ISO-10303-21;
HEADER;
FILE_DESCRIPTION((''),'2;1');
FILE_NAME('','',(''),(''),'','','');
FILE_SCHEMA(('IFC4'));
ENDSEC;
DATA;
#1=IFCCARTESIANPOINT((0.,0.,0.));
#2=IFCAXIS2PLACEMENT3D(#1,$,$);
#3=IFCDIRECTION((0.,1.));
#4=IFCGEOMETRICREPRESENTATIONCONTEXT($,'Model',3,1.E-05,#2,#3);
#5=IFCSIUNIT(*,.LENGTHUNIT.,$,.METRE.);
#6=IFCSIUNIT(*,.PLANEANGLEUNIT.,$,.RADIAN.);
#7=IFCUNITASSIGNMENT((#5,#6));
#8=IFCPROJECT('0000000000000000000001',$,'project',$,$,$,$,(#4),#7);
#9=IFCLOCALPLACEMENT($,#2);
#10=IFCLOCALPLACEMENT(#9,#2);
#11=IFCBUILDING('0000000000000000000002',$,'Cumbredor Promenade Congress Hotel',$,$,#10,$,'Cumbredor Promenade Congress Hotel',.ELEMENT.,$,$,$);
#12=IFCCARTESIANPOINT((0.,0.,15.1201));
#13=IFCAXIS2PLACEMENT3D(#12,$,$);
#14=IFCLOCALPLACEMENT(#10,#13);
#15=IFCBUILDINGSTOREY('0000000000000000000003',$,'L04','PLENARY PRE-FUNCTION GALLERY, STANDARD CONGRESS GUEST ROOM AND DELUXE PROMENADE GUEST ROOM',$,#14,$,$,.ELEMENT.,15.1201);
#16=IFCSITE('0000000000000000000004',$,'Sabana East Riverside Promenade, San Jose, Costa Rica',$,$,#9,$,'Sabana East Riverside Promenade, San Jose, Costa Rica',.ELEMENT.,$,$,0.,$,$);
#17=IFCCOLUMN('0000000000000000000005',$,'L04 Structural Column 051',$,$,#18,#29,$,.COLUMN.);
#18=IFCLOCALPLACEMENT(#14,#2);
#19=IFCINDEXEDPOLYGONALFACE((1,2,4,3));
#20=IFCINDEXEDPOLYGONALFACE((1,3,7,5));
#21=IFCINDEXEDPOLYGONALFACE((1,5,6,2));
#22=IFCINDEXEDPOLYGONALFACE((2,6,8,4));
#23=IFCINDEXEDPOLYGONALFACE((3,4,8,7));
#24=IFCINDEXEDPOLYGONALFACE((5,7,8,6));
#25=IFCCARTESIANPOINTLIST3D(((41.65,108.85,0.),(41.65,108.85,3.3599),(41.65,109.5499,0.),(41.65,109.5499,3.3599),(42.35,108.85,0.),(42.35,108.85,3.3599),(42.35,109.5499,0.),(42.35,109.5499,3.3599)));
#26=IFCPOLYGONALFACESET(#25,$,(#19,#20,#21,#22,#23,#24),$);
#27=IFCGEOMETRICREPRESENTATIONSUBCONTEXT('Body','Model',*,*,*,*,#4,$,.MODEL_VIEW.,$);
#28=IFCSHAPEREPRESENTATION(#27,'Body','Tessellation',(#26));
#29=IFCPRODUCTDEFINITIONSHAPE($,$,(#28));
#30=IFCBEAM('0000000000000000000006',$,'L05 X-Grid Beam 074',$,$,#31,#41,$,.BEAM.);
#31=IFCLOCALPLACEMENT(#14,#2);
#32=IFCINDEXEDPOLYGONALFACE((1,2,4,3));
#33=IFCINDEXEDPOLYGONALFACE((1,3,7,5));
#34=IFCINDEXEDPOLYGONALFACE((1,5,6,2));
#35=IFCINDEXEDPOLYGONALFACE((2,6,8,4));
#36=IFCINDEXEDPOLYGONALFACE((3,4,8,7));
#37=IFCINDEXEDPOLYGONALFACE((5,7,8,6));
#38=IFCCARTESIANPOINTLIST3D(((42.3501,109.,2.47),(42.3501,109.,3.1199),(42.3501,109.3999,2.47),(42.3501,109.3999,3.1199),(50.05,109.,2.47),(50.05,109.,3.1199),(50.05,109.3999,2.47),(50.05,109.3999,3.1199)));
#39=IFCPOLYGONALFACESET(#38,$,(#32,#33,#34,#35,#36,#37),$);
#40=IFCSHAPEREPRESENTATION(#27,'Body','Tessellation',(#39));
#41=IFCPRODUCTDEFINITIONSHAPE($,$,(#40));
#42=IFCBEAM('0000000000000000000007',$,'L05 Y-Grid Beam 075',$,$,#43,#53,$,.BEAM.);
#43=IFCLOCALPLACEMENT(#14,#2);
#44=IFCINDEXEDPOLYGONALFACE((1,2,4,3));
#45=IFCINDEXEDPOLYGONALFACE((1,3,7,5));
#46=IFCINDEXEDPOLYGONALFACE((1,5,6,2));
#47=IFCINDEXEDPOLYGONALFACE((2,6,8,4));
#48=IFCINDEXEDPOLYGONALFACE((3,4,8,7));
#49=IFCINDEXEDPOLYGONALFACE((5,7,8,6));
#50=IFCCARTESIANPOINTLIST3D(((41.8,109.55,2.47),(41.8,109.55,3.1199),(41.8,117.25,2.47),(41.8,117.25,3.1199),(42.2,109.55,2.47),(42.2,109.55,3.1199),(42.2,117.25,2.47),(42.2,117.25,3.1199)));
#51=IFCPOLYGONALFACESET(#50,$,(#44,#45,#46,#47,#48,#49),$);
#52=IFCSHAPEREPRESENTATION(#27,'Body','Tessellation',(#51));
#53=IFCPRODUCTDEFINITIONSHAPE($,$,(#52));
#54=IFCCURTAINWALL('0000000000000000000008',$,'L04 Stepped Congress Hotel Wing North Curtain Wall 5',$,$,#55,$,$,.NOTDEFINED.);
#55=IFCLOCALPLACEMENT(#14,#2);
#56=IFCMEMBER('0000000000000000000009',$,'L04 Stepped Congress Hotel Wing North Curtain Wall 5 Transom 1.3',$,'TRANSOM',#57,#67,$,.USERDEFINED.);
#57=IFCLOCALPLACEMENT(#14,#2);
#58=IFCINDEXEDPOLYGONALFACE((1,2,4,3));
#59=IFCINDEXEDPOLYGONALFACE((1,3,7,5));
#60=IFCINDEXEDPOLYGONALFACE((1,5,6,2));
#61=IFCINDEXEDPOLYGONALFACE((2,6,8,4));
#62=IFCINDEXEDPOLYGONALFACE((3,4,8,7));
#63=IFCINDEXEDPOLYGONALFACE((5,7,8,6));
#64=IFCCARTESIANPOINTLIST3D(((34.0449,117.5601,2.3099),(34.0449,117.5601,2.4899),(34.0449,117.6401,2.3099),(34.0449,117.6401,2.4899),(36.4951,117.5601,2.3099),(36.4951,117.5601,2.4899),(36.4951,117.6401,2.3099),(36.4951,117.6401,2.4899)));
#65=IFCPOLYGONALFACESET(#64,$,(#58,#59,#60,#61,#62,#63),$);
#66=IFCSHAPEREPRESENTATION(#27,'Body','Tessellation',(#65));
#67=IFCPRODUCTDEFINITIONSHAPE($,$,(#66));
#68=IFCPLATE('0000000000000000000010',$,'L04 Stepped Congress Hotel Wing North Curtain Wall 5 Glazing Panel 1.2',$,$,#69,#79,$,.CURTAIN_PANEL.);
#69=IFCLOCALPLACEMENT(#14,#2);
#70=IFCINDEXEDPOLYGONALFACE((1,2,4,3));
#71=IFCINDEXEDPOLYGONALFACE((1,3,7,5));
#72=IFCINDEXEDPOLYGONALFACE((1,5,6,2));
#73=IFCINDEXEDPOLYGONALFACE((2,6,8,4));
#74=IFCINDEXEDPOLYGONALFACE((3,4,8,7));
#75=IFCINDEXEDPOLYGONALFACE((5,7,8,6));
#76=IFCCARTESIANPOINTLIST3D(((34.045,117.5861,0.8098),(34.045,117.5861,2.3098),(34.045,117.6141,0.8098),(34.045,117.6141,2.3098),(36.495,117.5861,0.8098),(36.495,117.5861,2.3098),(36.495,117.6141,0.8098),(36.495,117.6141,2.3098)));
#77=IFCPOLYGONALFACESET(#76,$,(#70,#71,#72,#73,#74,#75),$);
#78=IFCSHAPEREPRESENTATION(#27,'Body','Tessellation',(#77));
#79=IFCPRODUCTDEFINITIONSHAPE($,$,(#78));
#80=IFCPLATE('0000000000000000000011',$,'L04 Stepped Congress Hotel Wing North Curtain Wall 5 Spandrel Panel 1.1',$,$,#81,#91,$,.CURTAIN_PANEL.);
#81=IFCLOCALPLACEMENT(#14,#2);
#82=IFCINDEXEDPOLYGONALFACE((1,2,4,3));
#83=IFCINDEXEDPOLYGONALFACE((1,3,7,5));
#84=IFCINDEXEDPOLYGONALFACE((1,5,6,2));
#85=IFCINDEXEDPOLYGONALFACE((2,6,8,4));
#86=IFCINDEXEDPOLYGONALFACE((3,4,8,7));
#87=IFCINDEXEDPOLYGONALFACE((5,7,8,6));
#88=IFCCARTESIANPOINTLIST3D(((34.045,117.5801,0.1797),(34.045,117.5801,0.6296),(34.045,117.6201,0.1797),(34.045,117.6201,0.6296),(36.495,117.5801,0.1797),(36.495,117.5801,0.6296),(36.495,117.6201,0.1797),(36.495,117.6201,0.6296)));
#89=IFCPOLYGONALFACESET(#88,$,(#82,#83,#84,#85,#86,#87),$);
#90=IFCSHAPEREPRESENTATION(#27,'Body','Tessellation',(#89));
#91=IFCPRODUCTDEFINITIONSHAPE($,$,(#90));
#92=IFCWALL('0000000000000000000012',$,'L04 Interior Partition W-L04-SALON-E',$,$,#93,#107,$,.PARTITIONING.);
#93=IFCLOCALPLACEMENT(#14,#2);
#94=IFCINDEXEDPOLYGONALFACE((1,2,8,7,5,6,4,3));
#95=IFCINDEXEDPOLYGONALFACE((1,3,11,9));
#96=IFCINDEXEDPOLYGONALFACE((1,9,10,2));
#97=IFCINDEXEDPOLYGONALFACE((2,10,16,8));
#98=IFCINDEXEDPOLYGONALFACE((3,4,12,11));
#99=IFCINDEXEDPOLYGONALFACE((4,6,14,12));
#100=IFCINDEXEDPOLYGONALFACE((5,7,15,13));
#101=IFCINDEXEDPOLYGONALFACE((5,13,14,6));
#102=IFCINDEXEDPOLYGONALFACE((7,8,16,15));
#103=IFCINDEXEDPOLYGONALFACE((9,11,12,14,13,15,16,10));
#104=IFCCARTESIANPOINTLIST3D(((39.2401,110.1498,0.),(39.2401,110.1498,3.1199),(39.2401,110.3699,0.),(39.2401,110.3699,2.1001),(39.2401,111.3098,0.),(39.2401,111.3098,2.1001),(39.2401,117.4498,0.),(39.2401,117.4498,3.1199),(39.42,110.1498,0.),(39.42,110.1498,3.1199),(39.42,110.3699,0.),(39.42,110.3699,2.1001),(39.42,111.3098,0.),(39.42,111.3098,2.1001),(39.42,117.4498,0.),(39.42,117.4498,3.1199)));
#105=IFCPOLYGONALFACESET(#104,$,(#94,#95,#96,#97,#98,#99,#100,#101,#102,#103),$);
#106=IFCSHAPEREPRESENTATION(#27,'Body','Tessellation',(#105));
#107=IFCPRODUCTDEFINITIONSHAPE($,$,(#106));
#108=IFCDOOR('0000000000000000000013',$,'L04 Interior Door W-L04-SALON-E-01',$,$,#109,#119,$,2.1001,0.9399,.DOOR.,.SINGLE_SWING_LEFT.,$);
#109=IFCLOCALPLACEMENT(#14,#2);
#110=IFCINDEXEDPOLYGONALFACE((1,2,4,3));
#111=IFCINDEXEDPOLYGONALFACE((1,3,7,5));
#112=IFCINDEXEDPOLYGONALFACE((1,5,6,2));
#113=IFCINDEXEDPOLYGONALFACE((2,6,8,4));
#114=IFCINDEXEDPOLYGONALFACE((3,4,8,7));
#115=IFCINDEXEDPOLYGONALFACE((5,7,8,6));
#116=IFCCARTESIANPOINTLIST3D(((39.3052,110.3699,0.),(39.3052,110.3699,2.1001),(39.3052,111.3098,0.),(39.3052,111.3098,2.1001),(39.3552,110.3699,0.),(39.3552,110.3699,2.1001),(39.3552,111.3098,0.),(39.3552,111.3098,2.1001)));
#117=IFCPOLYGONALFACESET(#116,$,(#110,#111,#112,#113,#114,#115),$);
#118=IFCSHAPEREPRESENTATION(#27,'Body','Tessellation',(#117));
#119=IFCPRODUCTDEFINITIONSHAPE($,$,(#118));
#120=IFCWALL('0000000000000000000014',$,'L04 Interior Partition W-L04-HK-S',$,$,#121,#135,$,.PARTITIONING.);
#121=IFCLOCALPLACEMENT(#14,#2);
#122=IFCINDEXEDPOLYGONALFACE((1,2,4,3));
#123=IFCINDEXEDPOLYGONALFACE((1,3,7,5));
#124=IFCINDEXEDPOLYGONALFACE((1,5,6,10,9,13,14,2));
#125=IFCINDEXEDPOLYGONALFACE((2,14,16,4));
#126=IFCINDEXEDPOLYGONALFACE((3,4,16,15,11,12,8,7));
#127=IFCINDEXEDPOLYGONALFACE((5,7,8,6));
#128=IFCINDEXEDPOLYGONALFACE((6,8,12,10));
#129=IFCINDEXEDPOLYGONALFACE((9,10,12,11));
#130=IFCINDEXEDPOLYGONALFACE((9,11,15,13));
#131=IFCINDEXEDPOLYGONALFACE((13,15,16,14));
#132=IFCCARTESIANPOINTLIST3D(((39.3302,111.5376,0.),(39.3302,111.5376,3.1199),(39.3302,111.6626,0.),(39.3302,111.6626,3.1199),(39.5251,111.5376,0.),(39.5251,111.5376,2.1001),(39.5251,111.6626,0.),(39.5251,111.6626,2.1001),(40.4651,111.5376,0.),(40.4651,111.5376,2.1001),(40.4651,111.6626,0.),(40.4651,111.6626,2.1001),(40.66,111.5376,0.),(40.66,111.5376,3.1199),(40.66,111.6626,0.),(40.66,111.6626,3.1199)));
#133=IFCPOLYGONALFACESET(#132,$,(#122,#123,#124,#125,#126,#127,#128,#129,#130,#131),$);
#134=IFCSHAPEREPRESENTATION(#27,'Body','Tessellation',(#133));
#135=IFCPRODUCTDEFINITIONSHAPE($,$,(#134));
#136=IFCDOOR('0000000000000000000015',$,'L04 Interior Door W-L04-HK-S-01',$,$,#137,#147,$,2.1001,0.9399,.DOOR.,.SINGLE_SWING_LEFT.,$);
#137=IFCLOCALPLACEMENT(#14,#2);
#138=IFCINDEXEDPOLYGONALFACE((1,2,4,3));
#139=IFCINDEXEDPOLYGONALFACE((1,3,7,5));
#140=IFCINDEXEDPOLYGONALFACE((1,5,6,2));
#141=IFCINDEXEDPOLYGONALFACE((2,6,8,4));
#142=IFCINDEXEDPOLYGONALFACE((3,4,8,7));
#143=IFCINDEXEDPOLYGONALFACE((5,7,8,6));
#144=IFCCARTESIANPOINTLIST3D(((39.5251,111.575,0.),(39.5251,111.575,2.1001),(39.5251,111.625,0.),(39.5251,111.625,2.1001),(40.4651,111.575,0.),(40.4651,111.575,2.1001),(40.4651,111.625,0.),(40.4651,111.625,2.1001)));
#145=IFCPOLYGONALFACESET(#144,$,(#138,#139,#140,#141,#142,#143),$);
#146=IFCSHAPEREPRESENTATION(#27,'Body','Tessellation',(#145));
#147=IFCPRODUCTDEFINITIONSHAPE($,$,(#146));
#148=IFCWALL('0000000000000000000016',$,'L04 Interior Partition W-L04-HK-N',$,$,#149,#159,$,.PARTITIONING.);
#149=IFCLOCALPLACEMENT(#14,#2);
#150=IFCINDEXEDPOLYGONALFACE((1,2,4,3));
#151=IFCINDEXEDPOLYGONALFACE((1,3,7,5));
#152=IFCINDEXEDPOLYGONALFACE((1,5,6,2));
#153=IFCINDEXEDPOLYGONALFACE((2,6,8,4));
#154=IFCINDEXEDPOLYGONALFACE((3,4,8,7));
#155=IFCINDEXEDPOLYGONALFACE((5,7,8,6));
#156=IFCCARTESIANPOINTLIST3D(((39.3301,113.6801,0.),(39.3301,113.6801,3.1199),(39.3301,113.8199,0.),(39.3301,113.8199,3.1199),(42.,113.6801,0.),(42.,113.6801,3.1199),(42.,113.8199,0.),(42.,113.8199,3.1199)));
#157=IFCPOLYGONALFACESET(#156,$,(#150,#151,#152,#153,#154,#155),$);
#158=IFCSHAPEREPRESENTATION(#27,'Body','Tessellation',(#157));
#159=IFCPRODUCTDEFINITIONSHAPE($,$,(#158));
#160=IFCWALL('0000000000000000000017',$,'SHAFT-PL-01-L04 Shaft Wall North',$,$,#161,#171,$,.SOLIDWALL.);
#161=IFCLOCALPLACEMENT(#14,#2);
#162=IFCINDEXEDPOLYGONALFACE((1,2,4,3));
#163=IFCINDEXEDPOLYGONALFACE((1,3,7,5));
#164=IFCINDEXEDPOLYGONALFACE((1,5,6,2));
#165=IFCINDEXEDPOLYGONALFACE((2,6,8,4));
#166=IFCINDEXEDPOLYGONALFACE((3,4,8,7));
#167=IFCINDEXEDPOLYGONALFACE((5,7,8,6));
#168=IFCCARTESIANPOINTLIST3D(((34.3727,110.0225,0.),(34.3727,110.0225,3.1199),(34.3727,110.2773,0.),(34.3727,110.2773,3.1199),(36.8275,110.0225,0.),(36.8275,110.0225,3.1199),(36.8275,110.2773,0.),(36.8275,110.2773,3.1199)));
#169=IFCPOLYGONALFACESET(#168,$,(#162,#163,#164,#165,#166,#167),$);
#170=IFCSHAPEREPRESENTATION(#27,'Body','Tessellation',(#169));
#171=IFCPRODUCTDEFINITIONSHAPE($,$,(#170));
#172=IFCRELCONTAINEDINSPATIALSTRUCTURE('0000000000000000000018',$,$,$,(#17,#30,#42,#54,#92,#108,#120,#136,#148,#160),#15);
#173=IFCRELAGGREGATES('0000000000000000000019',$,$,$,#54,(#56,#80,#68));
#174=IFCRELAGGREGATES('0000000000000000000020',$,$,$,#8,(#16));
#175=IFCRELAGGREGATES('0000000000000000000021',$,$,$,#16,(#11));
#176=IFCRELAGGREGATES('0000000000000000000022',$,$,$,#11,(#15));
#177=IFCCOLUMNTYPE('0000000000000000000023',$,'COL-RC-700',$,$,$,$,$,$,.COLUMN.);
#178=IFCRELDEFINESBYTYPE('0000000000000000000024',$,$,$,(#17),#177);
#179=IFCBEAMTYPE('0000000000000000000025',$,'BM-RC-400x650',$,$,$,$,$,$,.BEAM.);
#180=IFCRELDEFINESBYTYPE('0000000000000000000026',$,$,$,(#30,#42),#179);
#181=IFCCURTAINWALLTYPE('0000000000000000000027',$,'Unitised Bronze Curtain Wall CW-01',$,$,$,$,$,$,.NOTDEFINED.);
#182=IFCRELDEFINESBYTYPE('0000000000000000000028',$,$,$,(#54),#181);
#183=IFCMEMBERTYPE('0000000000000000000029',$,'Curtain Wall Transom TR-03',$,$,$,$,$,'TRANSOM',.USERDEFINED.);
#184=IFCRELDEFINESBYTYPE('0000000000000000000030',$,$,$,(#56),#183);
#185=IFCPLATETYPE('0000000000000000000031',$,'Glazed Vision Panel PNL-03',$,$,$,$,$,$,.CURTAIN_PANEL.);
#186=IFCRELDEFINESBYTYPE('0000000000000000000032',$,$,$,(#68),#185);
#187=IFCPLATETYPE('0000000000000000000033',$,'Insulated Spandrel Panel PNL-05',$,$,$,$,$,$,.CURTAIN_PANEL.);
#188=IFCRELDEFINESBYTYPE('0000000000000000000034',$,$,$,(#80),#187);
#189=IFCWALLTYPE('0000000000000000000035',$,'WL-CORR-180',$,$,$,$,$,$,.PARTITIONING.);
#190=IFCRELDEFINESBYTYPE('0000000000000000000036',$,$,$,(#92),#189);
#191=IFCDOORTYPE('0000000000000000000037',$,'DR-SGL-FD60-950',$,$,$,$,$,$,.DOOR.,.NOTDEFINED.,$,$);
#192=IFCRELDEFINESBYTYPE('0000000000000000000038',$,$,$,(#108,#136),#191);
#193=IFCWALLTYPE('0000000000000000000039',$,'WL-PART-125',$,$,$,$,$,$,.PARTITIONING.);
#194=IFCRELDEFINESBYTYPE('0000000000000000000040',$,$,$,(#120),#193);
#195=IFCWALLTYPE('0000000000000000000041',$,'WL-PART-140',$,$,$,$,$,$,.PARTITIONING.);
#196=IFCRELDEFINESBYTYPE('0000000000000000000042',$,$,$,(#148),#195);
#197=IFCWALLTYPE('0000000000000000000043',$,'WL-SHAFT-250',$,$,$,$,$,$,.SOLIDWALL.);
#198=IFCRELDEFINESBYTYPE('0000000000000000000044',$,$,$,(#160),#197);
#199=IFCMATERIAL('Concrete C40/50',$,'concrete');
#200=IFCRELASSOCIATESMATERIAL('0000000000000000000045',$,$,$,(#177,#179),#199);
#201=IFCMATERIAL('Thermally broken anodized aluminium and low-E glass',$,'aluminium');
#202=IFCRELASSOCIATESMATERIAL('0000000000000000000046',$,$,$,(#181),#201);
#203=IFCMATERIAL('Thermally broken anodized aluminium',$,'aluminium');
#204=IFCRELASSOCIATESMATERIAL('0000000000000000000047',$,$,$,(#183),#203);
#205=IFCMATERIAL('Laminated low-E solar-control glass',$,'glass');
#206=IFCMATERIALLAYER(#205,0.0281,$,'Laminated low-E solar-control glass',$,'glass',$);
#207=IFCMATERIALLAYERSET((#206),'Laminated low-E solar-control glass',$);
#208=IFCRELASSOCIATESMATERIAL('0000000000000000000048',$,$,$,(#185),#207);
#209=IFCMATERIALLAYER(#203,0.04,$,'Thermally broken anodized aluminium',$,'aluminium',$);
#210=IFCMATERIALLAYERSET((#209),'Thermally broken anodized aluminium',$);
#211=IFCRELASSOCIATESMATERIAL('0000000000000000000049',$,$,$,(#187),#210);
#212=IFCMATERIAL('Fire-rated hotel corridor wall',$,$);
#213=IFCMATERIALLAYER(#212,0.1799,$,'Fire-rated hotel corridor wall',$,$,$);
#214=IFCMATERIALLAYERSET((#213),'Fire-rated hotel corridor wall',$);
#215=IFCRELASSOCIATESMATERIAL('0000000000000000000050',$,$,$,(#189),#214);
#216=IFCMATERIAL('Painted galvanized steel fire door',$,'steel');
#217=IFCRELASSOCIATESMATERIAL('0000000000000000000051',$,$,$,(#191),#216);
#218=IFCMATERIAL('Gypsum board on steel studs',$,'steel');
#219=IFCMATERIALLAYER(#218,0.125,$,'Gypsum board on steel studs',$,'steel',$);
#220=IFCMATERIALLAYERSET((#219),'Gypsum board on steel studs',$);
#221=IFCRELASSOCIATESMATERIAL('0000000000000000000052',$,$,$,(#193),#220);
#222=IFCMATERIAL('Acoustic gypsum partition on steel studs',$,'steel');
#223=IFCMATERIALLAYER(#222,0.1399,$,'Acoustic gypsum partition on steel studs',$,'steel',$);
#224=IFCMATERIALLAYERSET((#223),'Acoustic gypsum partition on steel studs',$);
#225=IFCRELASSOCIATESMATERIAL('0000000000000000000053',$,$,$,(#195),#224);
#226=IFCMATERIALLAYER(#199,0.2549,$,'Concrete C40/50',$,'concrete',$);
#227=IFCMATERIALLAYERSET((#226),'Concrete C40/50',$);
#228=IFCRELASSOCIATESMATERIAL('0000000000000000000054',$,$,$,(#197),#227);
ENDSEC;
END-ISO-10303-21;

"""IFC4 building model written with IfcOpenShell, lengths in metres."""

from ifc_helpers import new_model, si_unit, direction, frame, frame_2d, origin, origin_2d, place, context, subcontext, project, spatial, rectangle, extrude, material, layer, layer_set, material_profile, profile_set, type_object, element, fill, aggregate, save


model = new_model("IFC4")

# Units and contexts
model_context = context("Model", 3, precision=1e-05, world=origin(), true_north=direction((0.0, 1.0)))
body_context = subcontext(model_context, "Body", "Model", "MODEL_VIEW")
ifc_project = project(units=[si_unit("LENGTHUNIT", "METRE"), si_unit("PLANEANGLEUNIT", "RADIAN")], contexts=[model_context])

# Site, building, storey
site_placement = place(None, origin())
site = spatial("IfcSite", under=ifc_project, at=site_placement, Name="Sabana East Riverside Promenade, San Jose, Costa Rica", LongName="Sabana East Riverside Promenade, San Jose, Costa Rica", CompositionType="ELEMENT", RefElevation=0.0)
building_placement = place(site_placement, origin())
building = spatial("IfcBuilding", under=site, at=building_placement, Name="Cumbredor Promenade Congress Hotel", LongName="Cumbredor Promenade Congress Hotel", CompositionType="ELEMENT")
storey_placement = place(building_placement, frame((0.0, 0.0, 15.1201)))
storey = spatial("IfcBuildingStorey", under=building, at=storey_placement, Name="L04", Description="PLENARY PRE-FUNCTION GALLERY, STANDARD CONGRESS GUEST ROOM AND DELUXE PROMENADE GUEST ROOM", CompositionType="ELEMENT", Elevation=15.1201)

# Column
ifc_material_1 = material(Name="Concrete C40/50", Category="concrete")
ifc_material_profile_1 = material_profile(ifc_material_1, rectangle(XDim=0.7, YDim=0.7, at=origin_2d()), Name="RC 700x700")
ifc_profile_set_1 = profile_set([ifc_material_profile_1], Name="Concrete C40/50")
column_type = type_object("IfcColumnType", Name="COL-RC-700", PredefinedType="COLUMN", material=ifc_profile_set_1)
column_placement = place(storey_placement, frame((42.0, 109.2, 0.0), z_axis=(0.0, 0.0, 1.0), x_axis=(1.0, 0.0, 0.0)))
element("IfcColumn", 1, at=column_placement, inside=storey, type_object=column_type, Name="L04 Structural Column 051", PredefinedType="COLUMN", context=body_context, shape_type="SweptSolid", body=[
    extrude(rectangle(XDim=0.7, YDim=0.7, at=origin_2d()), origin(), (0.0, 0.0, 1.0), 3.3599),
])

# Beams
ifc_material_profile_2 = material_profile(ifc_material_1, rectangle(XDim=0.3999, YDim=0.6499, at=origin_2d()), Name="RC BEAM 400x650")
ifc_profile_set_2 = profile_set([ifc_material_profile_2], Name="Concrete C40/50")
beam_type = type_object("IfcBeamType", Name="BM-RC-400x650", PredefinedType="BEAM", material=ifc_profile_set_2)
for number, where, z_axis, x_axis, name in (
    (2, (42.3501, 109.2, 2.7949), (1.0, 0.0, 0.0), (0.0, 1.0, 0.0), "L05 X-Grid Beam 074"),
    (3, (42.0, 109.55, 2.7949), (0.0, 1.0, 0.0), (-1.0, 0.0, 0.0), "L05 Y-Grid Beam 075"),
):
    element("IfcBeam", number, at=place(storey_placement, frame(where, z_axis=z_axis, x_axis=x_axis)), inside=storey, type_object=beam_type, Name=name, PredefinedType="BEAM", context=body_context, shape_type="SweptSolid", body=[
        extrude(rectangle(XDim=0.3999, YDim=0.6499, at=origin_2d()), origin(), (0.0, 0.0, 1.0), 7.7),
    ])

# Curtain wall, member, plates
ifc_material_2 = material(Name="Thermally broken anodized aluminium and low-E glass", Category="aluminium")
curtain_wall_type = type_object("IfcCurtainWallType", Name="Unitised Bronze Curtain Wall CW-01", PredefinedType="NOTDEFINED", material=ifc_material_2)
curtain_wall_placement = place(storey_placement, origin())
curtain_wall = element("IfcCurtainWall", 4, at=curtain_wall_placement, inside=storey, type_object=curtain_wall_type, Name="L04 Stepped Congress Hotel Wing North Curtain Wall 5", PredefinedType="NOTDEFINED")
ifc_material_3 = material(Name="Thermally broken anodized aluminium", Category="aluminium")
ifc_material_profile_3 = material_profile(ifc_material_3, rectangle(XDim=0.0801, YDim=0.1799, at=origin_2d()), Name="ALU TRANSOM 80x180")
ifc_profile_set_3 = profile_set([ifc_material_profile_3], Name="Thermally broken anodized aluminium")
member_type = type_object("IfcMemberType", Name="Curtain Wall Transom TR-03", ElementType="TRANSOM", PredefinedType="USERDEFINED", material=ifc_profile_set_3)
member_placement = place(storey_placement, frame((34.0449, 117.6001, 2.3999), z_axis=(1.0, 0.0, 0.0), x_axis=(0.0, 1.0, 0.0)))
member = element("IfcMember", 5, at=member_placement, type_object=member_type, Name="L04 Stepped Congress Hotel Wing North Curtain Wall 5 Transom 1.3", ObjectType="TRANSOM", PredefinedType="USERDEFINED", context=body_context, shape_type="SweptSolid", body=[
    extrude(rectangle(XDim=0.0801, YDim=0.1799, at=origin_2d()), origin(), (0.0, 0.0, 1.0), 2.4502),
])
ifc_material_4 = material(Name="Laminated low-E solar-control glass", Category="glass")
ifc_layer_1 = layer(ifc_material_4, 0.0281, Name="Laminated low-E solar-control glass", Category="glass")
ifc_layer_set_1 = layer_set([ifc_layer_1], Name="Laminated low-E solar-control glass")
plate_type_1 = type_object("IfcPlateType", Name="Glazed Vision Panel PNL-03", PredefinedType="CURTAIN_PANEL", material=ifc_layer_set_1)
plate_1_placement = place(storey_placement, frame((35.27, 117.6001, 0.8098), z_axis=(0.0, 0.0, 1.0), x_axis=(1.0, 0.0, 0.0)))
plate_1 = element("IfcPlate", 6, at=plate_1_placement, type_object=plate_type_1, Name="L04 Stepped Congress Hotel Wing North Curtain Wall 5 Glazing Panel 1.2", PredefinedType="CURTAIN_PANEL", context=body_context, shape_type="SweptSolid", body=[
    extrude(rectangle(XDim=2.45, YDim=0.0281, at=origin_2d()), origin(), (0.0, 0.0, 1.0), 1.5),
])
ifc_layer_2 = layer(ifc_material_3, 0.04, Name="Thermally broken anodized aluminium", Category="aluminium")
ifc_layer_set_2 = layer_set([ifc_layer_2], Name="Thermally broken anodized aluminium")
plate_type_2 = type_object("IfcPlateType", Name="Insulated Spandrel Panel PNL-05", PredefinedType="CURTAIN_PANEL", material=ifc_layer_set_2)
plate_2_placement = place(storey_placement, frame((35.27, 117.6001, 0.1797), z_axis=(0.0, 0.0, 1.0), x_axis=(1.0, 0.0, 0.0)))
plate_2 = element("IfcPlate", 7, at=plate_2_placement, type_object=plate_type_2, Name="L04 Stepped Congress Hotel Wing North Curtain Wall 5 Spandrel Panel 1.1", PredefinedType="CURTAIN_PANEL", context=body_context, shape_type="SweptSolid", body=[
    extrude(rectangle(XDim=2.45, YDim=0.04, at=origin_2d()), origin(), (0.0, 0.0, 1.0), 0.45),
])
aggregate(curtain_wall, [member, plate_2, plate_1])

# Walls, openings, doors
ifc_material_5 = material(Name="Fire-rated hotel corridor wall")
ifc_layer_3 = layer(ifc_material_5, 0.1799, Name="Fire-rated hotel corridor wall")
ifc_layer_set_3 = layer_set([ifc_layer_3], Name="Fire-rated hotel corridor wall")
wall_type_1 = type_object("IfcWallType", Name="WL-CORR-180", PredefinedType="PARTITIONING", material=ifc_layer_set_3)
wall_1_placement = place(storey_placement, frame((39.3301, 110.1499, 0.0), z_axis=(0.0, 0.0, 1.0), x_axis=(0.0, 1.0, 0.0)))
wall_1 = element("IfcWall", 8, at=wall_1_placement, inside=storey, type_object=wall_type_1, Name="L04 Interior Partition W-L04-SALON-E", PredefinedType="PARTITIONING", context=body_context, shape_type="SweptSolid", body=[
    extrude(rectangle(XDim=7.3, YDim=0.1799, at=frame_2d((3.6499, 0.0))), origin(), (0.0, 0.0, 1.0), 3.1199),
])
opening_1_placement = place(wall_1_placement, frame((0.22, 0.0, 0.0)))
opening_1 = element("IfcOpeningElement", 9, at=opening_1_placement, cuts=wall_1, PredefinedType="OPENING", context=body_context, shape_type="SweptSolid", body=[
    extrude(rectangle(XDim=0.9399, YDim=2.1001, at=frame_2d((0.47, 1.05))), frame((0.0, 0.1001, 0.0), z_axis=(0.0, -1.0, 0.0), x_axis=(1.0, 0.0, 0.0)), (0.0, 0.0, 1.0), 0.2),
])
ifc_material_6 = material(Name="Painted galvanized steel fire door", Category="steel")
door_type_1 = type_object("IfcDoorType", Name="DR-SGL-FD60-950", OperationType="NOTDEFINED", PredefinedType="DOOR", material=ifc_material_6)
door_1_placement = place(opening_1_placement, origin())
door_1 = element("IfcDoor", 10, at=door_1_placement, inside=storey, type_object=door_type_1, Name="L04 Interior Door W-L04-SALON-E-01", OperationType="SINGLE_SWING_LEFT", OverallHeight=2.1001, OverallWidth=0.9399, PredefinedType="DOOR", context=body_context, shape_type="SweptSolid", body=[
    extrude(rectangle(XDim=0.9399, YDim=2.1001, at=frame_2d((0.47, 1.05))), frame((0.0, 0.0249, 0.0), z_axis=(0.0, -1.0, 0.0), x_axis=(1.0, 0.0, 0.0)), (0.0, 0.0, 1.0), 0.05),
])
fill(opening_1, door_1)
ifc_material_7 = material(Name="Gypsum board on steel studs", Category="steel")
ifc_layer_4 = layer(ifc_material_7, 0.125, Name="Gypsum board on steel studs", Category="steel")
ifc_layer_set_4 = layer_set([ifc_layer_4], Name="Gypsum board on steel studs")
wall_type_2 = type_object("IfcWallType", Name="WL-PART-125", PredefinedType="PARTITIONING", material=ifc_layer_set_4)
wall_2_placement = place(storey_placement, frame((39.3301, 111.6001, 0.0), z_axis=(0.0, 0.0, 1.0), x_axis=(1.0, 0.0, 0.0)))
wall_2 = element("IfcWall", 11, at=wall_2_placement, inside=storey, type_object=wall_type_2, Name="L04 Interior Partition W-L04-HK-S", PredefinedType="PARTITIONING", context=body_context, shape_type="SweptSolid", body=[
    extrude(rectangle(XDim=1.3298, YDim=0.125, at=frame_2d((0.665, 0.0))), origin(), (0.0, 0.0, 1.0), 3.1199),
])
opening_2_placement = place(wall_2_placement, frame((0.1951, 0.0, 0.0)))
opening_2 = element("IfcOpeningElement", 12, at=opening_2_placement, cuts=wall_2, PredefinedType="OPENING", context=body_context, shape_type="SweptSolid", body=[
    extrude(rectangle(XDim=0.9399, YDim=2.1001, at=frame_2d((0.47, 1.05))), frame((0.0, 0.0725, 0.0), z_axis=(0.0, -1.0, 0.0), x_axis=(1.0, 0.0, 0.0)), (0.0, 0.0, 1.0), 0.145),
])
door_2_placement = place(opening_2_placement, origin())
door_2 = element("IfcDoor", 13, at=door_2_placement, inside=storey, type_object=door_type_1, Name="L04 Interior Door W-L04-HK-S-01", OperationType="SINGLE_SWING_LEFT", OverallHeight=2.1001, OverallWidth=0.9399, PredefinedType="DOOR", context=body_context, shape_type="SweptSolid", body=[
    extrude(rectangle(XDim=0.9399, YDim=2.1001, at=frame_2d((0.47, 1.05))), frame((0.0, 0.0249, 0.0), z_axis=(0.0, -1.0, 0.0), x_axis=(1.0, 0.0, 0.0)), (0.0, 0.0, 1.0), 0.05),
])
fill(opening_2, door_2)

# Wall
ifc_material_8 = material(Name="Acoustic gypsum partition on steel studs", Category="steel")
ifc_layer_5 = layer(ifc_material_8, 0.1399, Name="Acoustic gypsum partition on steel studs", Category="steel")
ifc_layer_set_5 = layer_set([ifc_layer_5], Name="Acoustic gypsum partition on steel studs")
wall_type_3 = type_object("IfcWallType", Name="WL-PART-140", PredefinedType="PARTITIONING", material=ifc_layer_set_5)
wall_3_placement = place(storey_placement, frame((39.3301, 113.75, 0.0), z_axis=(0.0, 0.0, 1.0), x_axis=(1.0, 0.0, 0.0)))
element("IfcWall", 14, at=wall_3_placement, inside=storey, type_object=wall_type_3, Name="L04 Interior Partition W-L04-HK-N", PredefinedType="PARTITIONING", context=body_context, shape_type="SweptSolid", body=[
    extrude(rectangle(XDim=2.6699, YDim=0.1399, at=frame_2d((1.335, 0.0))), origin(), (0.0, 0.0, 1.0), 3.1199),
])

# Shared definitions
ifc_layer_6 = layer(ifc_material_1, 0.2549, Name="Concrete C40/50", Category="concrete")
ifc_layer_set_6 = layer_set([ifc_layer_6], Name="Concrete C40/50")
wall_type_4 = type_object("IfcWallType", Name="WL-SHAFT-250", PredefinedType="SOLIDWALL", material=ifc_layer_set_6)

# Wall
wall_4_placement = place(storey_placement, frame((34.3726, 110.1499, 0.0), z_axis=(0.0, 0.0, 1.0), x_axis=(1.0, 0.0, 0.0)))
element("IfcWall", 15, at=wall_4_placement, inside=storey, type_object=wall_type_4, Name="SHAFT-PL-01-L04 Shaft Wall North", PredefinedType="SOLIDWALL", context=body_context, shape_type="SweptSolid", body=[
    extrude(rectangle(XDim=2.4548, YDim=0.2549, at=frame_2d((1.2275, 0.0))), origin(), (0.0, 0.0, 1.0), 3.1199),
])

save(model, "model.ifc")
